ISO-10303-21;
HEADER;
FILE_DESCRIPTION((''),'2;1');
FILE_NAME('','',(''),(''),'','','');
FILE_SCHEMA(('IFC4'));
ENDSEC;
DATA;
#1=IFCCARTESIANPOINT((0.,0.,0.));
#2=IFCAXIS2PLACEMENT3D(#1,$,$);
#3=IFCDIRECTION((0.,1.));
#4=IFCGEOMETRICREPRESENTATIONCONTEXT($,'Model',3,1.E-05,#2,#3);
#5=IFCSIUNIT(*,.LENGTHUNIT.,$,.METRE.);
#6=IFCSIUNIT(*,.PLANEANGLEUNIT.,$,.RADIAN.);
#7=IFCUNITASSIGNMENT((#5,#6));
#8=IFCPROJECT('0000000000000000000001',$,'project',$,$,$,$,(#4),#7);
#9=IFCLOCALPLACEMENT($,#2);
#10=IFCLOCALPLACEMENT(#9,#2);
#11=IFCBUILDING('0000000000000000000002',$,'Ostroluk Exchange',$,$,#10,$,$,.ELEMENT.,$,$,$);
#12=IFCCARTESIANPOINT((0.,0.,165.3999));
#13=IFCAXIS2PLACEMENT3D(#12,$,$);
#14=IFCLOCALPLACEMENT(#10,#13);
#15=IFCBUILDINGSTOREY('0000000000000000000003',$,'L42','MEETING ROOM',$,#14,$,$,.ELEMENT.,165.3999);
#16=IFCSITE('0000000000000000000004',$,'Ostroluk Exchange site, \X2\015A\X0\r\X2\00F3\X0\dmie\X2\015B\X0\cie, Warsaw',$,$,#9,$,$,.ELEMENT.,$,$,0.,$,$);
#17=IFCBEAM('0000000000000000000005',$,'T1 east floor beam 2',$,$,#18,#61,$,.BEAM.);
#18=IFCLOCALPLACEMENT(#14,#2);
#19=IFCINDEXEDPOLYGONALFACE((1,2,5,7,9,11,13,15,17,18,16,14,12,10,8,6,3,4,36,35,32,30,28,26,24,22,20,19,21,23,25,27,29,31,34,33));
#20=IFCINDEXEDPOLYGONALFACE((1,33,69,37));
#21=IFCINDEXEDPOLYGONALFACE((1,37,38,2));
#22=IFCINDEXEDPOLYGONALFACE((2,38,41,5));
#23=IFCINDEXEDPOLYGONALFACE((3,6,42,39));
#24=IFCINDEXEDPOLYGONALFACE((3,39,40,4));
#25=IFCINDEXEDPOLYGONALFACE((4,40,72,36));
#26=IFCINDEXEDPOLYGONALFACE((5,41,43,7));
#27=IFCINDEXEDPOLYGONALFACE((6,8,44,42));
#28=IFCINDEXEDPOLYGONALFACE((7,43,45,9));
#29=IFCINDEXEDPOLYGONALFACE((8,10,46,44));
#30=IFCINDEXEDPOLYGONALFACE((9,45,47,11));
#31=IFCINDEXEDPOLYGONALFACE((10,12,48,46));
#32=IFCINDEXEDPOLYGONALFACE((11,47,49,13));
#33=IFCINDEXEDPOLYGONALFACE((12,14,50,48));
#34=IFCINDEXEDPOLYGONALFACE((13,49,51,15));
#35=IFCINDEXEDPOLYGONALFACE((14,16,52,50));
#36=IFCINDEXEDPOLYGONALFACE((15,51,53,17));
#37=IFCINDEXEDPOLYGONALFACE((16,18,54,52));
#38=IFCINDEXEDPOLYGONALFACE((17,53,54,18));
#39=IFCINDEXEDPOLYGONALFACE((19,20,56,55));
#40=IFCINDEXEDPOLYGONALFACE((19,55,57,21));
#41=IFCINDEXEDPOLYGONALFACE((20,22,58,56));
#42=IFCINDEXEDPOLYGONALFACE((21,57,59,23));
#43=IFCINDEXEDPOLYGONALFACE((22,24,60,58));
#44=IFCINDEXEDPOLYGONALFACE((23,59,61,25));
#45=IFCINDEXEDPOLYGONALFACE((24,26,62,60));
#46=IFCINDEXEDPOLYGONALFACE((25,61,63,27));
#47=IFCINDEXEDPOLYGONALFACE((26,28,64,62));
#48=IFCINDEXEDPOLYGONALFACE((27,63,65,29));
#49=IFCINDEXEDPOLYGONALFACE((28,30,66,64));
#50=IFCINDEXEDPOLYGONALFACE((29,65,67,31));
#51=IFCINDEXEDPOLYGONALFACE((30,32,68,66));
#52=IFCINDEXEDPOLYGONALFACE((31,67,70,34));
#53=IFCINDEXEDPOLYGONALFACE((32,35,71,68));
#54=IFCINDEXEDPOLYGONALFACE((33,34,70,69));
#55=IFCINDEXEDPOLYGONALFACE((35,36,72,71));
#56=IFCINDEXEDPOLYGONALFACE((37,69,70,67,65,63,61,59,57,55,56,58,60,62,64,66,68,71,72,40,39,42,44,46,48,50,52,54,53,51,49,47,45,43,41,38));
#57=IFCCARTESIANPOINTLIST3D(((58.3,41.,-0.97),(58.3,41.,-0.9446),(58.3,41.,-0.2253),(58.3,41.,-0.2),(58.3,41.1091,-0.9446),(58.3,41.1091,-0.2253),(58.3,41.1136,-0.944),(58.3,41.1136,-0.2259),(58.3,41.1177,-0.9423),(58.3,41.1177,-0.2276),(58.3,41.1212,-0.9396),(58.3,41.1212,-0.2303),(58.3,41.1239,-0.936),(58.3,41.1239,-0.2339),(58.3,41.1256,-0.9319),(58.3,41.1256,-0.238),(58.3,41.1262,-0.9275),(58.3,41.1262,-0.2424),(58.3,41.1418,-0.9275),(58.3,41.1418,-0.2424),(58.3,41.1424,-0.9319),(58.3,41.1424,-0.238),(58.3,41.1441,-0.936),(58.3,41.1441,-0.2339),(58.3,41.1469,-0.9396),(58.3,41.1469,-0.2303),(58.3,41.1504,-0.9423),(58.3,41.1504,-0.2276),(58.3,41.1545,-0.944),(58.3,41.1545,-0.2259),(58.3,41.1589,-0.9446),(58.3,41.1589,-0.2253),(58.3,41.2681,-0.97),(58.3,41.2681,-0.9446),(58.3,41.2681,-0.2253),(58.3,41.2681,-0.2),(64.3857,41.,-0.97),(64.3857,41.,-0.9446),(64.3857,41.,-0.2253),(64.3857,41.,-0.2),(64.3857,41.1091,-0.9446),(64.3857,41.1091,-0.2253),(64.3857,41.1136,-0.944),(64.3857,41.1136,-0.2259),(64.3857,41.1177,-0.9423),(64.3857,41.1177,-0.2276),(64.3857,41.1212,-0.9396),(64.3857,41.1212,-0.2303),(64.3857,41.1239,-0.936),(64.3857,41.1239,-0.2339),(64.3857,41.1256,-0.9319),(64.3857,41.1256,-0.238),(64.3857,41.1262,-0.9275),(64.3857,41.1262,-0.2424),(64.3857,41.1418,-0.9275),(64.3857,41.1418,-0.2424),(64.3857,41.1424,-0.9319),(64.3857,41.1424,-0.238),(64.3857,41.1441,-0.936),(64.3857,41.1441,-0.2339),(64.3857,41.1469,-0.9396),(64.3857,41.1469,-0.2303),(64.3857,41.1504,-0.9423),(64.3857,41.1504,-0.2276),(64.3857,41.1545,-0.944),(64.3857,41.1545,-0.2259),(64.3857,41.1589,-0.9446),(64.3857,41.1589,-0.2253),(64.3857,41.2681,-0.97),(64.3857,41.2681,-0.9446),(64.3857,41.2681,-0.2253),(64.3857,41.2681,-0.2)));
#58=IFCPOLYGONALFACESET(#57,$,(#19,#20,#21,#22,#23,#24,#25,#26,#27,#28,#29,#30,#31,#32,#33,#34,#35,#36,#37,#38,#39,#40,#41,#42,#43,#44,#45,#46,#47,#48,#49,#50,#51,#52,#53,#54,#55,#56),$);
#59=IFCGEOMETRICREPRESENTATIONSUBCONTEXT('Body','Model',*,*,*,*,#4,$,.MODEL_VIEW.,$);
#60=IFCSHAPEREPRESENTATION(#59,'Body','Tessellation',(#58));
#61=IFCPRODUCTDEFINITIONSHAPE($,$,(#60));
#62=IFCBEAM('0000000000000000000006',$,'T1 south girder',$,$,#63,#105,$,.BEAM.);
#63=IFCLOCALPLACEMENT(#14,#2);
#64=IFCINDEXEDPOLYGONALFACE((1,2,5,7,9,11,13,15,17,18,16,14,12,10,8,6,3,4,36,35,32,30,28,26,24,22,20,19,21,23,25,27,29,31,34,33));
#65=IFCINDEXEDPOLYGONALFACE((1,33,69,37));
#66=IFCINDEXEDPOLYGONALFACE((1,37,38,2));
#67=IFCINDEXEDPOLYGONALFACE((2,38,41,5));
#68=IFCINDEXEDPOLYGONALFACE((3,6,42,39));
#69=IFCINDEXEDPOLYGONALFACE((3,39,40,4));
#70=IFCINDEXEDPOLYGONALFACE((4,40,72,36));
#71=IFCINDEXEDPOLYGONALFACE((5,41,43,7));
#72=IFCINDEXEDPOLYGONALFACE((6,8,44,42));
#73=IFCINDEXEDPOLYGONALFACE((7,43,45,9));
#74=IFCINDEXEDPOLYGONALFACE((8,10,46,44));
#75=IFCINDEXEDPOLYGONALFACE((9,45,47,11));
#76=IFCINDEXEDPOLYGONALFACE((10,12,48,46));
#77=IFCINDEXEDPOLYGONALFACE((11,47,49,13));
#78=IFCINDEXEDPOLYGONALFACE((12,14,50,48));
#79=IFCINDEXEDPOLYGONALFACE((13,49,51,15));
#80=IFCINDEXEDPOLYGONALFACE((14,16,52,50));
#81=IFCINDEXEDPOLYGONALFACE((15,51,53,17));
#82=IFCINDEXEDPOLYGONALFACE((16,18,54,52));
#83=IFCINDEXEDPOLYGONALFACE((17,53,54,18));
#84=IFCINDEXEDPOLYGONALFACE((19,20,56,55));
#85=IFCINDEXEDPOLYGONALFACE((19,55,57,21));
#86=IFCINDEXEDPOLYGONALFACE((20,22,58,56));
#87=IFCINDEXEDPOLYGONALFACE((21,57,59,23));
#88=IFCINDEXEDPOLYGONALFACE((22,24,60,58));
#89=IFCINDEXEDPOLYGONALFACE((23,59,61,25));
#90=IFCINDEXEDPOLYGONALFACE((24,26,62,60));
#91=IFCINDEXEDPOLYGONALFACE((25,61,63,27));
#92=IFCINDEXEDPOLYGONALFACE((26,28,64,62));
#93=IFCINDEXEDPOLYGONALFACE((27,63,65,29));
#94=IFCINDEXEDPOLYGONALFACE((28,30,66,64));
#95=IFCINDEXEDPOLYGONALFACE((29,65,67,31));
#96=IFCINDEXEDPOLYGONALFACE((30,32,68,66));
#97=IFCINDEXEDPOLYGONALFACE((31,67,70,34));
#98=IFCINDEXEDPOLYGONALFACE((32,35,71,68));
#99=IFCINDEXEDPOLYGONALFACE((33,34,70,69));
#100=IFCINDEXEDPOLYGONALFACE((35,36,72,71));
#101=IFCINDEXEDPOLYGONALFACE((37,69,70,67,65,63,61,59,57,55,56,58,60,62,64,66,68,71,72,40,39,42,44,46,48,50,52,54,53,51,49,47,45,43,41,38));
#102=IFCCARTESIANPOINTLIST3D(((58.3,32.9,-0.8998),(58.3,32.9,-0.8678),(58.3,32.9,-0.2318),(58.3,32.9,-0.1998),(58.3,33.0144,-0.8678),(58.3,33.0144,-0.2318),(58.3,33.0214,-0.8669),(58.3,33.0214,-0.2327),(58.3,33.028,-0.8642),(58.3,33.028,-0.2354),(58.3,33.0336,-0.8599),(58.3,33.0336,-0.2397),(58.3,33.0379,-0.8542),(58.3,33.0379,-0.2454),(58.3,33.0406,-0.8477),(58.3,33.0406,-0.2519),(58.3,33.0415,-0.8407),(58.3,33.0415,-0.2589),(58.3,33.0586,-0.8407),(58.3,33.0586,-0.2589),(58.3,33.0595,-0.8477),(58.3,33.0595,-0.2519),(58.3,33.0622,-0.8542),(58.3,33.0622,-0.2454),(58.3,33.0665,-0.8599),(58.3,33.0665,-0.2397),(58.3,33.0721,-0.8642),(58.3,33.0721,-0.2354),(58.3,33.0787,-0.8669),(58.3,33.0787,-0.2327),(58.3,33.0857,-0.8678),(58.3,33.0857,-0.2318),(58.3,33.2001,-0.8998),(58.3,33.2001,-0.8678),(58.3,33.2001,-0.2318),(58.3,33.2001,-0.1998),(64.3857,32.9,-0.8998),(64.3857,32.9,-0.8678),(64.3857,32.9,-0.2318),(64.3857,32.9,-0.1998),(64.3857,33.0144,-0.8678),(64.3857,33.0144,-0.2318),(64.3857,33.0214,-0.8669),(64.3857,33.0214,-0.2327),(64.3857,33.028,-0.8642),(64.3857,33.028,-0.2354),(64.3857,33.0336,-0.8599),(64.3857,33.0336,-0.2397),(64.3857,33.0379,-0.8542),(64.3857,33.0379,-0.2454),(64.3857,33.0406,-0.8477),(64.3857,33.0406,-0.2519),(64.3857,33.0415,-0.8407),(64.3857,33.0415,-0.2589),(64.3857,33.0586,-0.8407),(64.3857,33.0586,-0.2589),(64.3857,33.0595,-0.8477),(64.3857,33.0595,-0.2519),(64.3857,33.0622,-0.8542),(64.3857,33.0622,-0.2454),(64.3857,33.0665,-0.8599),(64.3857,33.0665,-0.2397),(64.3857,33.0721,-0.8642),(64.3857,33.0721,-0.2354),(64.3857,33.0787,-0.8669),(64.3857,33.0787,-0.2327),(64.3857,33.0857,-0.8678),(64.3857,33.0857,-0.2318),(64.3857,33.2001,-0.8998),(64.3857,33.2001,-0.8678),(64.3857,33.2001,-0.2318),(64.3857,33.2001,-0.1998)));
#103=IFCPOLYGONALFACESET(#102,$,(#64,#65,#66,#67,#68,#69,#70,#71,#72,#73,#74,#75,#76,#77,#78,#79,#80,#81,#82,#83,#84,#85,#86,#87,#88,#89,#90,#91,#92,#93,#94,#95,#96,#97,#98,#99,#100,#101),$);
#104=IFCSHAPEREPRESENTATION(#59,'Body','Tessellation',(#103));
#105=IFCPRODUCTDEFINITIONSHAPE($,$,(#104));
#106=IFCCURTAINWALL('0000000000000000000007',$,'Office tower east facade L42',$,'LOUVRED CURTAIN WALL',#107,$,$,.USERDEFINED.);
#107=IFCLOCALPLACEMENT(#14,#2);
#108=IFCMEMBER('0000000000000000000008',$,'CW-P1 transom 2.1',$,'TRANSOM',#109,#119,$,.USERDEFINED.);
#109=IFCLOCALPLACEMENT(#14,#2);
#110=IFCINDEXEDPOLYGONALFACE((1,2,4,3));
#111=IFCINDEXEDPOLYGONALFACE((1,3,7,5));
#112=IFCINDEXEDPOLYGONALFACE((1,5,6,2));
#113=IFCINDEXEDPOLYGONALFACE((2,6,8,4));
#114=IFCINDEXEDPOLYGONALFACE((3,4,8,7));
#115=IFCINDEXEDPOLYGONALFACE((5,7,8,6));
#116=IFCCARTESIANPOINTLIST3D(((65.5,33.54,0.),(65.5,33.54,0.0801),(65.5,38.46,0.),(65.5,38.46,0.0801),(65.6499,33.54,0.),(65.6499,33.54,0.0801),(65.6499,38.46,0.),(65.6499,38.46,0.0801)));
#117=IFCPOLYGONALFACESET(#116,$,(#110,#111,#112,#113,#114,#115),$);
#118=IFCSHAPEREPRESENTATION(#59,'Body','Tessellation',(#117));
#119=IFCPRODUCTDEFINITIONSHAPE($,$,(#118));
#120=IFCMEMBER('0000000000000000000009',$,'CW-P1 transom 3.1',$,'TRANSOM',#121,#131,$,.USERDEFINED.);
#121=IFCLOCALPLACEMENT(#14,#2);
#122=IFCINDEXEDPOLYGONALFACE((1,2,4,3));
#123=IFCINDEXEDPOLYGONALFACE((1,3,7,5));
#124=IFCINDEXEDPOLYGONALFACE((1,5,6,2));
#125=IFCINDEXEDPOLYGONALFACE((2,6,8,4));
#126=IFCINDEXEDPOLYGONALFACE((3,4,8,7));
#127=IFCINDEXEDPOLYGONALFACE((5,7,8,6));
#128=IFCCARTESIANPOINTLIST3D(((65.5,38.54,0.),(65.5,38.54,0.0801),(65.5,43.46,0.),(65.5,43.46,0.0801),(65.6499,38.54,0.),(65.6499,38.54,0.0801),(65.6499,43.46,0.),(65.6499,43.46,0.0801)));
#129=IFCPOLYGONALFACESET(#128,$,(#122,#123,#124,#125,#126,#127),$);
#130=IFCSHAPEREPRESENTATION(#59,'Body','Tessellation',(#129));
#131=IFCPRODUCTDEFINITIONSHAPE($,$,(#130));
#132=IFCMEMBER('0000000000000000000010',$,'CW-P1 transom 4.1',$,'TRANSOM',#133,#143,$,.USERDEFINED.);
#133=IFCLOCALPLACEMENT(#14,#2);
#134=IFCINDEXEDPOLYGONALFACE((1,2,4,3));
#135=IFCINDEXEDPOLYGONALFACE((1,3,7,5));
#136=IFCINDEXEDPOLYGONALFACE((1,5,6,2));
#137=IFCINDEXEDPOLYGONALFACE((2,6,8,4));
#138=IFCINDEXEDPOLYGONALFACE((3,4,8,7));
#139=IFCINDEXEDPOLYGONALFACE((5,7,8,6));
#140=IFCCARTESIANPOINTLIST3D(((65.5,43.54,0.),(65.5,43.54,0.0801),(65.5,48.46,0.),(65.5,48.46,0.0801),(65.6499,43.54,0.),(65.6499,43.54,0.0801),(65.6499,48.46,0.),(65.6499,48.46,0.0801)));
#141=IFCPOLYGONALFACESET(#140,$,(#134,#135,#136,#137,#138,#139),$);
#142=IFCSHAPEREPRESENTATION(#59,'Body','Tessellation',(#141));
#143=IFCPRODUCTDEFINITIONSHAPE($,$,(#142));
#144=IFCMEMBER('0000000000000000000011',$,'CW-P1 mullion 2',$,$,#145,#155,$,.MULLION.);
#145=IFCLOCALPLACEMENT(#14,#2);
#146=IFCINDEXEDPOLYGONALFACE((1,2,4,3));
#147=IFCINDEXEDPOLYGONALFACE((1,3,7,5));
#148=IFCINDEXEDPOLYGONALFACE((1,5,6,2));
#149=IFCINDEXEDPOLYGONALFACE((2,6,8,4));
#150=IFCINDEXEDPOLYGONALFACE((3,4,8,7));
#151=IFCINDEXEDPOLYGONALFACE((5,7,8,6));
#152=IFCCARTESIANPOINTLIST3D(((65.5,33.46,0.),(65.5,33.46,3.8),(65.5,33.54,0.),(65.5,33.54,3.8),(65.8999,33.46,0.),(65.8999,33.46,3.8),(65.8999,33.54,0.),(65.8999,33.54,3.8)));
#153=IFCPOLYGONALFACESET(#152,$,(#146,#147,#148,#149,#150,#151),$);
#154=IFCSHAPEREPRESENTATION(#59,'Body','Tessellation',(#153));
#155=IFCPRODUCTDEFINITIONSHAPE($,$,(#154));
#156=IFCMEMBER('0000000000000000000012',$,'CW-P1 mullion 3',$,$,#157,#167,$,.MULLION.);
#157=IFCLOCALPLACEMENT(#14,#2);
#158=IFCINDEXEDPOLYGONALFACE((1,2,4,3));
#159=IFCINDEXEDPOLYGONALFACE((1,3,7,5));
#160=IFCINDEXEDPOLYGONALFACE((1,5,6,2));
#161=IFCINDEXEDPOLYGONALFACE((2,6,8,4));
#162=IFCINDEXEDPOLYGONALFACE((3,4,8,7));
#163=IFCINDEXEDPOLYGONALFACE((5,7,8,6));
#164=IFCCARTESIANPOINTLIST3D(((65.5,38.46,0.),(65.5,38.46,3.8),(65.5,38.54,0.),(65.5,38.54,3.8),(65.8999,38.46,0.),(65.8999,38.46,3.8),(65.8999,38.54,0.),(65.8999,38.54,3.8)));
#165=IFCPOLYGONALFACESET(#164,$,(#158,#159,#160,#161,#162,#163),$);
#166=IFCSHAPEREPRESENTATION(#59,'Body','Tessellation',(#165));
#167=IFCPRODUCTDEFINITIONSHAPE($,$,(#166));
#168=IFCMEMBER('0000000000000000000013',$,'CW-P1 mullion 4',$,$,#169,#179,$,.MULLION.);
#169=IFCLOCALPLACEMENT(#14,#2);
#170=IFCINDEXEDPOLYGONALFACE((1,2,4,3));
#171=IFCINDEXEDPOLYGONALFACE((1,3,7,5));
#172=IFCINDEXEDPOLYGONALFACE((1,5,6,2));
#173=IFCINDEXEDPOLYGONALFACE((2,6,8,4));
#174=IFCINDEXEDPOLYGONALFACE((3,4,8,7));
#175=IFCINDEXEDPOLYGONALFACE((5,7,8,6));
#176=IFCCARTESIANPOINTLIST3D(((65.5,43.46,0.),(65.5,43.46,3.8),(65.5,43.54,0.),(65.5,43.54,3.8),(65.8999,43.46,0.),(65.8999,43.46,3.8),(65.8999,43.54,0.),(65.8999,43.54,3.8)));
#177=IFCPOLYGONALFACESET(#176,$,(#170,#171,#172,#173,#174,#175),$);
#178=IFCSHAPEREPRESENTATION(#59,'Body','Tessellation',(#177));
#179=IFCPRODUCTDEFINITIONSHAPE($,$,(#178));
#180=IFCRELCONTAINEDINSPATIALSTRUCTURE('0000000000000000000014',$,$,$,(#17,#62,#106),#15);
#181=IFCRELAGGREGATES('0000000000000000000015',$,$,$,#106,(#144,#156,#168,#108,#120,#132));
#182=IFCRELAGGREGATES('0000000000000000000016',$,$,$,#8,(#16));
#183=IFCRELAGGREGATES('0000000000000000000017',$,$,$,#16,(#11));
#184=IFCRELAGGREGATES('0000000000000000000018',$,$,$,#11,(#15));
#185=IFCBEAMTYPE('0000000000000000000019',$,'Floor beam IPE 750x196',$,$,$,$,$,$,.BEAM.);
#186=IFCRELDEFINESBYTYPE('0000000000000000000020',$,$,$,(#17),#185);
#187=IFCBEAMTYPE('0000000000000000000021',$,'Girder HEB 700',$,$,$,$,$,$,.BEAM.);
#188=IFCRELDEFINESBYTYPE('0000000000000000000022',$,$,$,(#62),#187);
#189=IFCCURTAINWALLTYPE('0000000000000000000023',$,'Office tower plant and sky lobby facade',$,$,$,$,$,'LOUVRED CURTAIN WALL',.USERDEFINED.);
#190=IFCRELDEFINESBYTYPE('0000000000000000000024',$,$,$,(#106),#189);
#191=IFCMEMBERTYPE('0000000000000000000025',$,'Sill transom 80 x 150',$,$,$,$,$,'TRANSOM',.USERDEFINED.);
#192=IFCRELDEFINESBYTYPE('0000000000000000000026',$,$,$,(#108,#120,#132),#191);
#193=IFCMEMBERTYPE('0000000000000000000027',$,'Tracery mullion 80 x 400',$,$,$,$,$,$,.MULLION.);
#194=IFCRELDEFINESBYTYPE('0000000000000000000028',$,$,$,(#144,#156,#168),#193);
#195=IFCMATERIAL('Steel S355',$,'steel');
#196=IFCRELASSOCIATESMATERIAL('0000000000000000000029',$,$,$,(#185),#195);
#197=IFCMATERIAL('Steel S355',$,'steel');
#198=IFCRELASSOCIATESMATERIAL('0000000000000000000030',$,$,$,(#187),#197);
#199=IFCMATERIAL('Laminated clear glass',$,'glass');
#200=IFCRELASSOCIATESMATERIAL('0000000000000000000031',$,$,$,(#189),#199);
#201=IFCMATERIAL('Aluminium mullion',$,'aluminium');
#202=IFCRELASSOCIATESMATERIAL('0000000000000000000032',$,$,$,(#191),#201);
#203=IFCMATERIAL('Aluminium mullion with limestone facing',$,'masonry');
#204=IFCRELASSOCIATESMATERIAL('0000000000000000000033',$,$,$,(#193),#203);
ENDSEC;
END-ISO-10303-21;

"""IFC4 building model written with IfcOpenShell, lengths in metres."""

from ifc_helpers import new_model, si_unit, direction, frame, origin, origin_2d, place, context, subcontext, project, spatial, rectangle, i_section, extrude, material, material_profile, profile_set, type_object, element, aggregate, save


model = new_model("IFC4")

# Units and contexts
model_context = context("Model", 3, precision=1e-05, world=origin(), true_north=direction((0.0, 1.0)))
body_context = subcontext(model_context, "Body", "Model", "MODEL_VIEW")
ifc_project = project(units=[si_unit("LENGTHUNIT", "METRE"), si_unit("PLANEANGLEUNIT", "RADIAN")], contexts=[model_context])

# Site, building, storey
site_placement = place(None, origin())
site = spatial("IfcSite", under=ifc_project, at=site_placement, Name="Ostroluk Exchange site, Śródmieście, Warsaw", CompositionType="ELEMENT", RefElevation=0.0)
building_placement = place(site_placement, origin())
building = spatial("IfcBuilding", under=site, at=building_placement, Name="Ostroluk Exchange", CompositionType="ELEMENT")
storey_placement = place(building_placement, frame((0.0, 0.0, 165.3999)))
storey = spatial("IfcBuildingStorey", under=building, at=storey_placement, Name="L42", Description="MEETING ROOM", CompositionType="ELEMENT", Elevation=165.3999)

# Beams
ifc_material_1 = material(Name="Steel S355", Category="steel")
ifc_material_profile_1 = material_profile(ifc_material_1, i_section(OverallWidth=0.2681, OverallDepth=0.77, WebThickness=0.0156, FlangeThickness=0.0254, FilletRadius=0.0171, at=origin_2d()), Name="IPE 750x196")
ifc_profile_set_1 = profile_set([ifc_material_profile_1], Name="Steel S355")
beam_type_1 = type_object("IfcBeamType", Name="Floor beam IPE 750x196", PredefinedType="BEAM", material=ifc_profile_set_1)
for number, where, z_axis, x_axis, name in (
    (1, (58.3, 41.134, -0.585), (1.0, 0.0, 0.0), (0.0, 1.0, 0.0), "T1 east floor beam 2"),
):
    element("IfcBeam", number, at=place(storey_placement, frame(where, z_axis=z_axis, x_axis=x_axis)), inside=storey, type_object=beam_type_1, Name=name, PredefinedType="BEAM", context=body_context, shape_type="SweptSolid", body=[
        extrude(i_section(OverallWidth=0.2681, OverallDepth=0.77, WebThickness=0.0156, FlangeThickness=0.0254, FilletRadius=0.0171, at=origin_2d()), origin(), (0.0, 0.0, 1.0), 6.0857),
    ])
ifc_material_2 = material(Name="Steel S355", Category="steel")
ifc_material_profile_2 = material_profile(ifc_material_2, i_section(OverallWidth=0.3, OverallDepth=0.7, WebThickness=0.0171, FlangeThickness=0.032, FilletRadius=0.0271, at=origin_2d()), Name="HEB 700")
ifc_profile_set_2 = profile_set([ifc_material_profile_2], Name="Steel S355")
beam_type_2 = type_object("IfcBeamType", Name="Girder HEB 700", PredefinedType="BEAM", material=ifc_profile_set_2)
beam_1_placement = place(storey_placement, frame((58.3, 33.05, -0.5498), z_axis=(1.0, 0.0, 0.0), x_axis=(0.0, 1.0, 0.0)))
element("IfcBeam", 2, at=beam_1_placement, inside=storey, type_object=beam_type_2, Name="T1 south girder", PredefinedType="BEAM", context=body_context, shape_type="SweptSolid", body=[
    extrude(i_section(OverallWidth=0.3, OverallDepth=0.7, WebThickness=0.0171, FlangeThickness=0.032, FilletRadius=0.0271, at=origin_2d()), origin(), (0.0, 0.0, 1.0), 6.0857),
])

# Curtain wall, members
ifc_material_3 = material(Name="Laminated clear glass", Category="glass")
curtain_wall_type = type_object("IfcCurtainWallType", Name="Office tower plant and sky lobby facade", ElementType="LOUVRED CURTAIN WALL", PredefinedType="USERDEFINED", material=ifc_material_3)
curtain_wall_placement = place(storey_placement, origin())
curtain_wall = element("IfcCurtainWall", 3, at=curtain_wall_placement, inside=storey, type_object=curtain_wall_type, Name="Office tower east facade L42", ObjectType="LOUVRED CURTAIN WALL", PredefinedType="USERDEFINED")
ifc_material_4 = material(Name="Aluminium mullion", Category="aluminium")
ifc_material_profile_3 = material_profile(ifc_material_4, rectangle(XDim=0.1499, YDim=0.0801, at=origin_2d()), Name="Sill transom 80 x 150")
ifc_profile_set_3 = profile_set([ifc_material_profile_3], Name="Aluminium mullion")
member_type_1 = type_object("IfcMemberType", Name="Sill transom 80 x 150", ElementType="TRANSOM", PredefinedType="USERDEFINED", material=ifc_profile_set_3)
member_1_placement = place(storey_placement, frame((65.575, 33.54, 0.04), z_axis=(0.0, 1.0, 0.0), x_axis=(-1.0, 0.0, 0.0)))
member_1 = element("IfcMember", 4, at=member_1_placement, type_object=member_type_1, Name="CW-P1 transom 2.1", ObjectType="TRANSOM", PredefinedType="USERDEFINED", context=body_context, shape_type="SweptSolid", body=[
    extrude(rectangle(XDim=0.1499, YDim=0.0801, at=origin_2d()), origin(), (0.0, 0.0, 1.0), 4.9199),
])
member_2_placement = place(storey_placement, frame((65.575, 38.54, 0.04), z_axis=(0.0, 1.0, 0.0), x_axis=(-1.0, 0.0, 0.0)))
member_2 = element("IfcMember", 5, at=member_2_placement, type_object=member_type_1, Name="CW-P1 transom 3.1", ObjectType="TRANSOM", PredefinedType="USERDEFINED", context=body_context, shape_type="SweptSolid", body=[
    extrude(rectangle(XDim=0.1499, YDim=0.0801, at=origin_2d()), origin(), (0.0, 0.0, 1.0), 4.9199),
])
member_3_placement = place(storey_placement, frame((65.575, 43.54, 0.04), z_axis=(0.0, 1.0, 0.0), x_axis=(-1.0, 0.0, 0.0)))
member_3 = element("IfcMember", 6, at=member_3_placement, type_object=member_type_1, Name="CW-P1 transom 4.1", ObjectType="TRANSOM", PredefinedType="USERDEFINED", context=body_context, shape_type="SweptSolid", body=[
    extrude(rectangle(XDim=0.1499, YDim=0.0801, at=origin_2d()), origin(), (0.0, 0.0, 1.0), 4.9199),
])
ifc_material_5 = material(Name="Aluminium mullion with limestone facing", Category="masonry")
ifc_material_profile_4 = material_profile(ifc_material_5, rectangle(XDim=0.3999, YDim=0.0801, at=origin_2d()), Name="Tracery mullion 80 x 400")
ifc_profile_set_4 = profile_set([ifc_material_profile_4], Name="Aluminium mullion with limestone facing")
member_type_2 = type_object("IfcMemberType", Name="Tracery mullion 80 x 400", PredefinedType="MULLION", material=ifc_profile_set_4)
member_4_placement = place(storey_placement, frame((65.7, 33.5, 0.0), z_axis=(0.0, 0.0, 1.0), x_axis=(-1.0, 0.0, 0.0)))
member_4 = element("IfcMember", 7, at=member_4_placement, type_object=member_type_2, Name="CW-P1 mullion 2", PredefinedType="MULLION", context=body_context, shape_type="SweptSolid", body=[
    extrude(rectangle(XDim=0.3999, YDim=0.0801, at=origin_2d()), origin(), (0.0, 0.0, 1.0), 3.8),
])
member_5_placement = place(storey_placement, frame((65.7, 38.5, 0.0), z_axis=(0.0, 0.0, 1.0), x_axis=(-1.0, 0.0, 0.0)))
member_5 = element("IfcMember", 8, at=member_5_placement, type_object=member_type_2, Name="CW-P1 mullion 3", PredefinedType="MULLION", context=body_context, shape_type="SweptSolid", body=[
    extrude(rectangle(XDim=0.3999, YDim=0.0801, at=origin_2d()), origin(), (0.0, 0.0, 1.0), 3.8),
])
member_6_placement = place(storey_placement, frame((65.7, 43.5, 0.0), z_axis=(0.0, 0.0, 1.0), x_axis=(-1.0, 0.0, 0.0)))
member_6 = element("IfcMember", 9, at=member_6_placement, type_object=member_type_2, Name="CW-P1 mullion 4", PredefinedType="MULLION", context=body_context, shape_type="SweptSolid", body=[
    extrude(rectangle(XDim=0.3999, YDim=0.0801, at=origin_2d()), origin(), (0.0, 0.0, 1.0), 3.8),
])
aggregate(curtain_wall, [member_4, member_5, member_6, member_1, member_2, member_3])

save(model, "model.ifc")
